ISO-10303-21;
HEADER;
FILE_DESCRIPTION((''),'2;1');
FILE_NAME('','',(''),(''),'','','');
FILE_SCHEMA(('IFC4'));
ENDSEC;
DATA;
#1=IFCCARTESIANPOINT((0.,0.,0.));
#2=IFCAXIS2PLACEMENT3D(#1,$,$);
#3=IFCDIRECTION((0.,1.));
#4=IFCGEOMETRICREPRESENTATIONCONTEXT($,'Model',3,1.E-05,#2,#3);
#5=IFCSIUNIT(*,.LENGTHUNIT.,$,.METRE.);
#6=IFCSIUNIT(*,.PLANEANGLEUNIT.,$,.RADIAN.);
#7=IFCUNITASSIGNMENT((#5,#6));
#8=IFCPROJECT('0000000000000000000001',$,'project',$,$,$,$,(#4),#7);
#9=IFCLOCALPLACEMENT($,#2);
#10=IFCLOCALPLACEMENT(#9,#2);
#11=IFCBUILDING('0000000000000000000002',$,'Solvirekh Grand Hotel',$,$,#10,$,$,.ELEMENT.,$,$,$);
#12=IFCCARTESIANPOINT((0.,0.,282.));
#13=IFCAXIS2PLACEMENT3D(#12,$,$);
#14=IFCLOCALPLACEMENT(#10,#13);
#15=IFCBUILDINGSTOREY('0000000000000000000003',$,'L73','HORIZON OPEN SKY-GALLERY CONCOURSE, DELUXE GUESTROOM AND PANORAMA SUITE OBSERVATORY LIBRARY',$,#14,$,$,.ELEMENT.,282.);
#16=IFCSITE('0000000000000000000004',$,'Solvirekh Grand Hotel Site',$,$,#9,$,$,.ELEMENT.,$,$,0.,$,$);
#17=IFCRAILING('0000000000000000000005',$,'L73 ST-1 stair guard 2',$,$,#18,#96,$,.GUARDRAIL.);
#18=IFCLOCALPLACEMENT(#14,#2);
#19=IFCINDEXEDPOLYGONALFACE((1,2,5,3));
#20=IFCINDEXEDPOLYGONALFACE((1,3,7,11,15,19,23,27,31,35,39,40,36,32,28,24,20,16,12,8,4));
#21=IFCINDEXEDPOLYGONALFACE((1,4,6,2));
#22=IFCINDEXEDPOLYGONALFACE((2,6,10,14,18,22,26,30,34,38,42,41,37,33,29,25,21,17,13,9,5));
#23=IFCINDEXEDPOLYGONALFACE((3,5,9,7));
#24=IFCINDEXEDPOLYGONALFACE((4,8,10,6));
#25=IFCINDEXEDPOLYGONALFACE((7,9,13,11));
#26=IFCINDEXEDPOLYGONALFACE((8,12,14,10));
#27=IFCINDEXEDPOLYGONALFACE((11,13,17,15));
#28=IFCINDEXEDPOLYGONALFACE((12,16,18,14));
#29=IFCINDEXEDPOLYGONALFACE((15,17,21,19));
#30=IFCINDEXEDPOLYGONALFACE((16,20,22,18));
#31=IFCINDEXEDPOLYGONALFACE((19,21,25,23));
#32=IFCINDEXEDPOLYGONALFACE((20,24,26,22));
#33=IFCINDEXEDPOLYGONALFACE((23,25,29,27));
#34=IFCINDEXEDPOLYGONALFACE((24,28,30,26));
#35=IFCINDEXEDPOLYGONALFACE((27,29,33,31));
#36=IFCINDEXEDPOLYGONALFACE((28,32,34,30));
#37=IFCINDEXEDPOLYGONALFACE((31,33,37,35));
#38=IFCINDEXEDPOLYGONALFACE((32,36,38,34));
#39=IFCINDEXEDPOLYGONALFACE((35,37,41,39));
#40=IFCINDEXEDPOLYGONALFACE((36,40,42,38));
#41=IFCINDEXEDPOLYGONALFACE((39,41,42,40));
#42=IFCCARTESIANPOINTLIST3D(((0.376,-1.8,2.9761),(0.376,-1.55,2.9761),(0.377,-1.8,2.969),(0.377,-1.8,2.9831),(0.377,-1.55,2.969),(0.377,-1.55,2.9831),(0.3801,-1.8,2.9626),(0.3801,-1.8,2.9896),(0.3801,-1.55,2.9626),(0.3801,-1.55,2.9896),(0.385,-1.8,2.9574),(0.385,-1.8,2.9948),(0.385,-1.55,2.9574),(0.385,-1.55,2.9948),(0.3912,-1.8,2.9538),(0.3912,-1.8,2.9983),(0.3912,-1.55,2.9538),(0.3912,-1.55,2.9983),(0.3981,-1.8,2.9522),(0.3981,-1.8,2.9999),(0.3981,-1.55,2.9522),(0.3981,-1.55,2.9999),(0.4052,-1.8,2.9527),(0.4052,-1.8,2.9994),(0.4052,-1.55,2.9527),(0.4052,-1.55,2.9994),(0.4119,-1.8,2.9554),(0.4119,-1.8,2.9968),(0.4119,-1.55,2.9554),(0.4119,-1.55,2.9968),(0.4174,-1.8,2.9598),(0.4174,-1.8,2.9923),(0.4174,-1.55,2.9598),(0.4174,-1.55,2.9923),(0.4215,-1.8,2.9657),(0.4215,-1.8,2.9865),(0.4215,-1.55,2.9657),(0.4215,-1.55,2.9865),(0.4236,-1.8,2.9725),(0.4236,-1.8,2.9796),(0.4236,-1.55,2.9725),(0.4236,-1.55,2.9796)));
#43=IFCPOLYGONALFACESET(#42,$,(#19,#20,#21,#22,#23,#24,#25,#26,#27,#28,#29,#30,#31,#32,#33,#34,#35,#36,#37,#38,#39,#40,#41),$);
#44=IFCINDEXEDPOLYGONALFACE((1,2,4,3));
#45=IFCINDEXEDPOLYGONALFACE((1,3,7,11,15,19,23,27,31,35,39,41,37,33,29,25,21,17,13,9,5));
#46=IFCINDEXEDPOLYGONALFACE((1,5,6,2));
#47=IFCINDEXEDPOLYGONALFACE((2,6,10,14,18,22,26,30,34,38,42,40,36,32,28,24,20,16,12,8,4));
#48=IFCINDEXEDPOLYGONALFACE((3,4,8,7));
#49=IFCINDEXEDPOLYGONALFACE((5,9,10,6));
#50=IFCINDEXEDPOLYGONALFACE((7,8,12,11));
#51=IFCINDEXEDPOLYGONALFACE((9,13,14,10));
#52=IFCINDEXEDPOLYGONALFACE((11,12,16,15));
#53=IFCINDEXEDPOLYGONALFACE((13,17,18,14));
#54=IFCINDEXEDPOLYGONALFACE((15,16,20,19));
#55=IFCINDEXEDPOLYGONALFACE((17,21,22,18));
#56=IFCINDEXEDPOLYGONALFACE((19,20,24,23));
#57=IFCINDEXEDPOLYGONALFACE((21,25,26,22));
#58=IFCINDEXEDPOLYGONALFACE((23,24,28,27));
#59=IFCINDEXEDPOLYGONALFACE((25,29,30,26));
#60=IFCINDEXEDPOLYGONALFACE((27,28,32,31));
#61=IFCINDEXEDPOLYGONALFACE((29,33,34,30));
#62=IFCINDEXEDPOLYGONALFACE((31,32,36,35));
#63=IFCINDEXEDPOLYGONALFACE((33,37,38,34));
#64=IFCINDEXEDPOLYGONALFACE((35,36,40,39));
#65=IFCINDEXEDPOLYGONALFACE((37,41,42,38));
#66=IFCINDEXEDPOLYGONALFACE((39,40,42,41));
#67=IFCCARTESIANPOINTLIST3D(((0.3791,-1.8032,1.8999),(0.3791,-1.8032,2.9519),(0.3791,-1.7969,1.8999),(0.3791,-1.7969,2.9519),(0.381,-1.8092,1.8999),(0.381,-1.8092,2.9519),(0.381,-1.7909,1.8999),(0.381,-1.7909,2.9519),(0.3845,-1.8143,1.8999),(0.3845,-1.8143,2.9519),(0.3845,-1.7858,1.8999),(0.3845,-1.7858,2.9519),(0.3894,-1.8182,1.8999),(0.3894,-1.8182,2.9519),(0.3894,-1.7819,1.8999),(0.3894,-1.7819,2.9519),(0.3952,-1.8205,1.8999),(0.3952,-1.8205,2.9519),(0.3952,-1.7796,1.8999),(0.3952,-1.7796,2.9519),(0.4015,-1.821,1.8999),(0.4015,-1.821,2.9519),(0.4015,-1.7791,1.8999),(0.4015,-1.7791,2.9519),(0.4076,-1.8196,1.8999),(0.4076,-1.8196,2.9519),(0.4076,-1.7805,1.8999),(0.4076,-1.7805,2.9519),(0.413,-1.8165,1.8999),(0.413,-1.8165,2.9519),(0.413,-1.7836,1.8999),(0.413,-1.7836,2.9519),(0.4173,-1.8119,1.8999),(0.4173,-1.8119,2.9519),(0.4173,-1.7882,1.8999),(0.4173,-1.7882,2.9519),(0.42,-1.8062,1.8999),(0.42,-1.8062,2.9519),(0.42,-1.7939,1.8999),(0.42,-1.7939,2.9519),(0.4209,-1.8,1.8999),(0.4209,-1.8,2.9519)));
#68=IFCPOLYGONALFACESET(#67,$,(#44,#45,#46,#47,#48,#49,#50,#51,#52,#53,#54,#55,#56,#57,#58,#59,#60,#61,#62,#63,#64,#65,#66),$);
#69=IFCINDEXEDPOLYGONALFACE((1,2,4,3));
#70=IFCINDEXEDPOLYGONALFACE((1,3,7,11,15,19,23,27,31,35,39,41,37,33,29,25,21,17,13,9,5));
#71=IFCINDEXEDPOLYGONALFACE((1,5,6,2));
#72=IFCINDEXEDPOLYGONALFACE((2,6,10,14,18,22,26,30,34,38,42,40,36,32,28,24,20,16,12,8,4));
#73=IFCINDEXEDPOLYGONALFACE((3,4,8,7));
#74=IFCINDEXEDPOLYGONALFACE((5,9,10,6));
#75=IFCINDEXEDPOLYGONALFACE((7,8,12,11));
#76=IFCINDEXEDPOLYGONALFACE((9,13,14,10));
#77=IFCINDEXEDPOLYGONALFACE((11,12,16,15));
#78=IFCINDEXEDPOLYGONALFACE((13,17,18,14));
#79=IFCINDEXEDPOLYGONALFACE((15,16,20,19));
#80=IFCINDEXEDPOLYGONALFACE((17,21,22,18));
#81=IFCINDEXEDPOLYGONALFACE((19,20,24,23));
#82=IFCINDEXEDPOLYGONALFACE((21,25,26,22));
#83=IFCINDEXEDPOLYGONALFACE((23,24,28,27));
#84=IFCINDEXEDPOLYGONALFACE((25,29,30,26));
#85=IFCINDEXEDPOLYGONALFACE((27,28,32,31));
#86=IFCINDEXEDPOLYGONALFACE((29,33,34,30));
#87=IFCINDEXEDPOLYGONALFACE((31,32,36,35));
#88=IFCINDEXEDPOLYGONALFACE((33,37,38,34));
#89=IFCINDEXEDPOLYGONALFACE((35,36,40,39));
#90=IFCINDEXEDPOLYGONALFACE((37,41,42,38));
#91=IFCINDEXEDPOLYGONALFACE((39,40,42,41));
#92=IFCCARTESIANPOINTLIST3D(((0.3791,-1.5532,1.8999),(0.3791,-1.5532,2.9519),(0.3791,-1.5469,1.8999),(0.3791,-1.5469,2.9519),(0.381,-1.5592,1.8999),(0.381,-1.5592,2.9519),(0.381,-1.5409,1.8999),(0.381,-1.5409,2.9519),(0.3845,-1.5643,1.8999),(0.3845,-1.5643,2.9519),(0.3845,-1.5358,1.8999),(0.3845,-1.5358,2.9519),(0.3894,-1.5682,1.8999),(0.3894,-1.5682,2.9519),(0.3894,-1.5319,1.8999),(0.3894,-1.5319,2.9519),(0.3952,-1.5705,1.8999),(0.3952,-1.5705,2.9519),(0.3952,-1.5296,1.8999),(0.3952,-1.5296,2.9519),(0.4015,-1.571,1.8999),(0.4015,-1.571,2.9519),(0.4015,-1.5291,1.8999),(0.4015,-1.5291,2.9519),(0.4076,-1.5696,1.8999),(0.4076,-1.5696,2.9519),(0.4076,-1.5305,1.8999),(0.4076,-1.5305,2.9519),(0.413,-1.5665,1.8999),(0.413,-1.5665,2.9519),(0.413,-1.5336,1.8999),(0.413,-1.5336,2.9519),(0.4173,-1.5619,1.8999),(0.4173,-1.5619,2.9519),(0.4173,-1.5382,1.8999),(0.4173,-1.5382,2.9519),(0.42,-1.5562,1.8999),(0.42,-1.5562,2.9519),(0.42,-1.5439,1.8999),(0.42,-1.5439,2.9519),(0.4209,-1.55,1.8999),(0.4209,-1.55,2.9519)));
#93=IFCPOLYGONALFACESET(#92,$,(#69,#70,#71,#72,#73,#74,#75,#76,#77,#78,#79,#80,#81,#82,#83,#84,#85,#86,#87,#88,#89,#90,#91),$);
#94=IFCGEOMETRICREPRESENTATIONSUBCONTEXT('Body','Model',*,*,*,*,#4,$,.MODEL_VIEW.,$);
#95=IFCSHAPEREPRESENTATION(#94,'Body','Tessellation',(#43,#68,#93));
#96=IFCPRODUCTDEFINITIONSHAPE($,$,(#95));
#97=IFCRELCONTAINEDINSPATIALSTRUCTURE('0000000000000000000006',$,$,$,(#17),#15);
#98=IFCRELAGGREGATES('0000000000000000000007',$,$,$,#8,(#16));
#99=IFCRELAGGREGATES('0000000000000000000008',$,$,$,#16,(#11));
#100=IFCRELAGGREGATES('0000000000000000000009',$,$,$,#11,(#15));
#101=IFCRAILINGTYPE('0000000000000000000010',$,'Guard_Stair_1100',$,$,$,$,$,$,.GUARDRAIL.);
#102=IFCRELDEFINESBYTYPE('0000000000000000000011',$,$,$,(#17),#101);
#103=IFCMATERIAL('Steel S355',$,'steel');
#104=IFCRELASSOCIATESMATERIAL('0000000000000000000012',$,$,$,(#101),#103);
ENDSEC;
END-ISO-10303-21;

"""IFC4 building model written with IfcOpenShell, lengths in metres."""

from ifc_helpers import new_model, si_unit, direction, frame, origin, origin_2d, place, context, subcontext, project, spatial, circle, extrude, material, type_object, element, save


model = new_model("IFC4")

# Units and contexts
model_context = context("Model", 3, precision=1e-05, world=origin(), true_north=direction((0.0, 1.0)))
body_context = subcontext(model_context, "Body", "Model", "MODEL_VIEW")
ifc_project = project(units=[si_unit("LENGTHUNIT", "METRE"), si_unit("PLANEANGLEUNIT", "RADIAN")], contexts=[model_context])

# Site, building, storey
site_placement = place(None, origin())
site = spatial("IfcSite", under=ifc_project, at=site_placement, Name="Solvirekh Grand Hotel Site", CompositionType="ELEMENT", RefElevation=0.0)
building_placement = place(site_placement, origin())
building = spatial("IfcBuilding", under=site, at=building_placement, Name="Solvirekh Grand Hotel", CompositionType="ELEMENT")
storey_placement = place(building_placement, frame((0.0, 0.0, 282.0)))
storey = spatial("IfcBuildingStorey", under=building, at=storey_placement, Name="L73", Description="HORIZON OPEN SKY-GALLERY CONCOURSE, DELUXE GUESTROOM AND PANORAMA SUITE OBSERVATORY LIBRARY", CompositionType="ELEMENT", Elevation=282.0)

# Railing
ifc_material_1 = material(Name="Steel S355", Category="steel")
railing_type_1 = type_object("IfcRailingType", Name="Guard_Stair_1100", PredefinedType="GUARDRAIL", material=ifc_material_1)
railing_1_placement = place(storey_placement, frame((0.3999, -1.8, 1.8999)))
element("IfcRailing", 1, at=railing_1_placement, inside=storey, type_object=railing_type_1, Name="L73 ST-1 stair guard 2", PredefinedType="GUARDRAIL", context=body_context, shape_type="SweptSolid", body=[
    extrude(circle(Radius=0.0239, at=origin_2d()), frame((0.0, 0.0, 1.0762), z_axis=(0.0, 1.0, 0.0), x_axis=(-1.0, 0.0, 0.0)), (0.0, 0.0, 1.0), 0.25),
    extrude(circle(Radius=0.021, at=origin_2d()), origin(), (0.0, 0.0, 1.0), 1.052),
    extrude(circle(Radius=0.021, at=origin_2d()), frame((0.0, 0.25, 0.0)), (0.0, 0.0, 1.0), 1.052),
])

save(model, "model.ifc")
